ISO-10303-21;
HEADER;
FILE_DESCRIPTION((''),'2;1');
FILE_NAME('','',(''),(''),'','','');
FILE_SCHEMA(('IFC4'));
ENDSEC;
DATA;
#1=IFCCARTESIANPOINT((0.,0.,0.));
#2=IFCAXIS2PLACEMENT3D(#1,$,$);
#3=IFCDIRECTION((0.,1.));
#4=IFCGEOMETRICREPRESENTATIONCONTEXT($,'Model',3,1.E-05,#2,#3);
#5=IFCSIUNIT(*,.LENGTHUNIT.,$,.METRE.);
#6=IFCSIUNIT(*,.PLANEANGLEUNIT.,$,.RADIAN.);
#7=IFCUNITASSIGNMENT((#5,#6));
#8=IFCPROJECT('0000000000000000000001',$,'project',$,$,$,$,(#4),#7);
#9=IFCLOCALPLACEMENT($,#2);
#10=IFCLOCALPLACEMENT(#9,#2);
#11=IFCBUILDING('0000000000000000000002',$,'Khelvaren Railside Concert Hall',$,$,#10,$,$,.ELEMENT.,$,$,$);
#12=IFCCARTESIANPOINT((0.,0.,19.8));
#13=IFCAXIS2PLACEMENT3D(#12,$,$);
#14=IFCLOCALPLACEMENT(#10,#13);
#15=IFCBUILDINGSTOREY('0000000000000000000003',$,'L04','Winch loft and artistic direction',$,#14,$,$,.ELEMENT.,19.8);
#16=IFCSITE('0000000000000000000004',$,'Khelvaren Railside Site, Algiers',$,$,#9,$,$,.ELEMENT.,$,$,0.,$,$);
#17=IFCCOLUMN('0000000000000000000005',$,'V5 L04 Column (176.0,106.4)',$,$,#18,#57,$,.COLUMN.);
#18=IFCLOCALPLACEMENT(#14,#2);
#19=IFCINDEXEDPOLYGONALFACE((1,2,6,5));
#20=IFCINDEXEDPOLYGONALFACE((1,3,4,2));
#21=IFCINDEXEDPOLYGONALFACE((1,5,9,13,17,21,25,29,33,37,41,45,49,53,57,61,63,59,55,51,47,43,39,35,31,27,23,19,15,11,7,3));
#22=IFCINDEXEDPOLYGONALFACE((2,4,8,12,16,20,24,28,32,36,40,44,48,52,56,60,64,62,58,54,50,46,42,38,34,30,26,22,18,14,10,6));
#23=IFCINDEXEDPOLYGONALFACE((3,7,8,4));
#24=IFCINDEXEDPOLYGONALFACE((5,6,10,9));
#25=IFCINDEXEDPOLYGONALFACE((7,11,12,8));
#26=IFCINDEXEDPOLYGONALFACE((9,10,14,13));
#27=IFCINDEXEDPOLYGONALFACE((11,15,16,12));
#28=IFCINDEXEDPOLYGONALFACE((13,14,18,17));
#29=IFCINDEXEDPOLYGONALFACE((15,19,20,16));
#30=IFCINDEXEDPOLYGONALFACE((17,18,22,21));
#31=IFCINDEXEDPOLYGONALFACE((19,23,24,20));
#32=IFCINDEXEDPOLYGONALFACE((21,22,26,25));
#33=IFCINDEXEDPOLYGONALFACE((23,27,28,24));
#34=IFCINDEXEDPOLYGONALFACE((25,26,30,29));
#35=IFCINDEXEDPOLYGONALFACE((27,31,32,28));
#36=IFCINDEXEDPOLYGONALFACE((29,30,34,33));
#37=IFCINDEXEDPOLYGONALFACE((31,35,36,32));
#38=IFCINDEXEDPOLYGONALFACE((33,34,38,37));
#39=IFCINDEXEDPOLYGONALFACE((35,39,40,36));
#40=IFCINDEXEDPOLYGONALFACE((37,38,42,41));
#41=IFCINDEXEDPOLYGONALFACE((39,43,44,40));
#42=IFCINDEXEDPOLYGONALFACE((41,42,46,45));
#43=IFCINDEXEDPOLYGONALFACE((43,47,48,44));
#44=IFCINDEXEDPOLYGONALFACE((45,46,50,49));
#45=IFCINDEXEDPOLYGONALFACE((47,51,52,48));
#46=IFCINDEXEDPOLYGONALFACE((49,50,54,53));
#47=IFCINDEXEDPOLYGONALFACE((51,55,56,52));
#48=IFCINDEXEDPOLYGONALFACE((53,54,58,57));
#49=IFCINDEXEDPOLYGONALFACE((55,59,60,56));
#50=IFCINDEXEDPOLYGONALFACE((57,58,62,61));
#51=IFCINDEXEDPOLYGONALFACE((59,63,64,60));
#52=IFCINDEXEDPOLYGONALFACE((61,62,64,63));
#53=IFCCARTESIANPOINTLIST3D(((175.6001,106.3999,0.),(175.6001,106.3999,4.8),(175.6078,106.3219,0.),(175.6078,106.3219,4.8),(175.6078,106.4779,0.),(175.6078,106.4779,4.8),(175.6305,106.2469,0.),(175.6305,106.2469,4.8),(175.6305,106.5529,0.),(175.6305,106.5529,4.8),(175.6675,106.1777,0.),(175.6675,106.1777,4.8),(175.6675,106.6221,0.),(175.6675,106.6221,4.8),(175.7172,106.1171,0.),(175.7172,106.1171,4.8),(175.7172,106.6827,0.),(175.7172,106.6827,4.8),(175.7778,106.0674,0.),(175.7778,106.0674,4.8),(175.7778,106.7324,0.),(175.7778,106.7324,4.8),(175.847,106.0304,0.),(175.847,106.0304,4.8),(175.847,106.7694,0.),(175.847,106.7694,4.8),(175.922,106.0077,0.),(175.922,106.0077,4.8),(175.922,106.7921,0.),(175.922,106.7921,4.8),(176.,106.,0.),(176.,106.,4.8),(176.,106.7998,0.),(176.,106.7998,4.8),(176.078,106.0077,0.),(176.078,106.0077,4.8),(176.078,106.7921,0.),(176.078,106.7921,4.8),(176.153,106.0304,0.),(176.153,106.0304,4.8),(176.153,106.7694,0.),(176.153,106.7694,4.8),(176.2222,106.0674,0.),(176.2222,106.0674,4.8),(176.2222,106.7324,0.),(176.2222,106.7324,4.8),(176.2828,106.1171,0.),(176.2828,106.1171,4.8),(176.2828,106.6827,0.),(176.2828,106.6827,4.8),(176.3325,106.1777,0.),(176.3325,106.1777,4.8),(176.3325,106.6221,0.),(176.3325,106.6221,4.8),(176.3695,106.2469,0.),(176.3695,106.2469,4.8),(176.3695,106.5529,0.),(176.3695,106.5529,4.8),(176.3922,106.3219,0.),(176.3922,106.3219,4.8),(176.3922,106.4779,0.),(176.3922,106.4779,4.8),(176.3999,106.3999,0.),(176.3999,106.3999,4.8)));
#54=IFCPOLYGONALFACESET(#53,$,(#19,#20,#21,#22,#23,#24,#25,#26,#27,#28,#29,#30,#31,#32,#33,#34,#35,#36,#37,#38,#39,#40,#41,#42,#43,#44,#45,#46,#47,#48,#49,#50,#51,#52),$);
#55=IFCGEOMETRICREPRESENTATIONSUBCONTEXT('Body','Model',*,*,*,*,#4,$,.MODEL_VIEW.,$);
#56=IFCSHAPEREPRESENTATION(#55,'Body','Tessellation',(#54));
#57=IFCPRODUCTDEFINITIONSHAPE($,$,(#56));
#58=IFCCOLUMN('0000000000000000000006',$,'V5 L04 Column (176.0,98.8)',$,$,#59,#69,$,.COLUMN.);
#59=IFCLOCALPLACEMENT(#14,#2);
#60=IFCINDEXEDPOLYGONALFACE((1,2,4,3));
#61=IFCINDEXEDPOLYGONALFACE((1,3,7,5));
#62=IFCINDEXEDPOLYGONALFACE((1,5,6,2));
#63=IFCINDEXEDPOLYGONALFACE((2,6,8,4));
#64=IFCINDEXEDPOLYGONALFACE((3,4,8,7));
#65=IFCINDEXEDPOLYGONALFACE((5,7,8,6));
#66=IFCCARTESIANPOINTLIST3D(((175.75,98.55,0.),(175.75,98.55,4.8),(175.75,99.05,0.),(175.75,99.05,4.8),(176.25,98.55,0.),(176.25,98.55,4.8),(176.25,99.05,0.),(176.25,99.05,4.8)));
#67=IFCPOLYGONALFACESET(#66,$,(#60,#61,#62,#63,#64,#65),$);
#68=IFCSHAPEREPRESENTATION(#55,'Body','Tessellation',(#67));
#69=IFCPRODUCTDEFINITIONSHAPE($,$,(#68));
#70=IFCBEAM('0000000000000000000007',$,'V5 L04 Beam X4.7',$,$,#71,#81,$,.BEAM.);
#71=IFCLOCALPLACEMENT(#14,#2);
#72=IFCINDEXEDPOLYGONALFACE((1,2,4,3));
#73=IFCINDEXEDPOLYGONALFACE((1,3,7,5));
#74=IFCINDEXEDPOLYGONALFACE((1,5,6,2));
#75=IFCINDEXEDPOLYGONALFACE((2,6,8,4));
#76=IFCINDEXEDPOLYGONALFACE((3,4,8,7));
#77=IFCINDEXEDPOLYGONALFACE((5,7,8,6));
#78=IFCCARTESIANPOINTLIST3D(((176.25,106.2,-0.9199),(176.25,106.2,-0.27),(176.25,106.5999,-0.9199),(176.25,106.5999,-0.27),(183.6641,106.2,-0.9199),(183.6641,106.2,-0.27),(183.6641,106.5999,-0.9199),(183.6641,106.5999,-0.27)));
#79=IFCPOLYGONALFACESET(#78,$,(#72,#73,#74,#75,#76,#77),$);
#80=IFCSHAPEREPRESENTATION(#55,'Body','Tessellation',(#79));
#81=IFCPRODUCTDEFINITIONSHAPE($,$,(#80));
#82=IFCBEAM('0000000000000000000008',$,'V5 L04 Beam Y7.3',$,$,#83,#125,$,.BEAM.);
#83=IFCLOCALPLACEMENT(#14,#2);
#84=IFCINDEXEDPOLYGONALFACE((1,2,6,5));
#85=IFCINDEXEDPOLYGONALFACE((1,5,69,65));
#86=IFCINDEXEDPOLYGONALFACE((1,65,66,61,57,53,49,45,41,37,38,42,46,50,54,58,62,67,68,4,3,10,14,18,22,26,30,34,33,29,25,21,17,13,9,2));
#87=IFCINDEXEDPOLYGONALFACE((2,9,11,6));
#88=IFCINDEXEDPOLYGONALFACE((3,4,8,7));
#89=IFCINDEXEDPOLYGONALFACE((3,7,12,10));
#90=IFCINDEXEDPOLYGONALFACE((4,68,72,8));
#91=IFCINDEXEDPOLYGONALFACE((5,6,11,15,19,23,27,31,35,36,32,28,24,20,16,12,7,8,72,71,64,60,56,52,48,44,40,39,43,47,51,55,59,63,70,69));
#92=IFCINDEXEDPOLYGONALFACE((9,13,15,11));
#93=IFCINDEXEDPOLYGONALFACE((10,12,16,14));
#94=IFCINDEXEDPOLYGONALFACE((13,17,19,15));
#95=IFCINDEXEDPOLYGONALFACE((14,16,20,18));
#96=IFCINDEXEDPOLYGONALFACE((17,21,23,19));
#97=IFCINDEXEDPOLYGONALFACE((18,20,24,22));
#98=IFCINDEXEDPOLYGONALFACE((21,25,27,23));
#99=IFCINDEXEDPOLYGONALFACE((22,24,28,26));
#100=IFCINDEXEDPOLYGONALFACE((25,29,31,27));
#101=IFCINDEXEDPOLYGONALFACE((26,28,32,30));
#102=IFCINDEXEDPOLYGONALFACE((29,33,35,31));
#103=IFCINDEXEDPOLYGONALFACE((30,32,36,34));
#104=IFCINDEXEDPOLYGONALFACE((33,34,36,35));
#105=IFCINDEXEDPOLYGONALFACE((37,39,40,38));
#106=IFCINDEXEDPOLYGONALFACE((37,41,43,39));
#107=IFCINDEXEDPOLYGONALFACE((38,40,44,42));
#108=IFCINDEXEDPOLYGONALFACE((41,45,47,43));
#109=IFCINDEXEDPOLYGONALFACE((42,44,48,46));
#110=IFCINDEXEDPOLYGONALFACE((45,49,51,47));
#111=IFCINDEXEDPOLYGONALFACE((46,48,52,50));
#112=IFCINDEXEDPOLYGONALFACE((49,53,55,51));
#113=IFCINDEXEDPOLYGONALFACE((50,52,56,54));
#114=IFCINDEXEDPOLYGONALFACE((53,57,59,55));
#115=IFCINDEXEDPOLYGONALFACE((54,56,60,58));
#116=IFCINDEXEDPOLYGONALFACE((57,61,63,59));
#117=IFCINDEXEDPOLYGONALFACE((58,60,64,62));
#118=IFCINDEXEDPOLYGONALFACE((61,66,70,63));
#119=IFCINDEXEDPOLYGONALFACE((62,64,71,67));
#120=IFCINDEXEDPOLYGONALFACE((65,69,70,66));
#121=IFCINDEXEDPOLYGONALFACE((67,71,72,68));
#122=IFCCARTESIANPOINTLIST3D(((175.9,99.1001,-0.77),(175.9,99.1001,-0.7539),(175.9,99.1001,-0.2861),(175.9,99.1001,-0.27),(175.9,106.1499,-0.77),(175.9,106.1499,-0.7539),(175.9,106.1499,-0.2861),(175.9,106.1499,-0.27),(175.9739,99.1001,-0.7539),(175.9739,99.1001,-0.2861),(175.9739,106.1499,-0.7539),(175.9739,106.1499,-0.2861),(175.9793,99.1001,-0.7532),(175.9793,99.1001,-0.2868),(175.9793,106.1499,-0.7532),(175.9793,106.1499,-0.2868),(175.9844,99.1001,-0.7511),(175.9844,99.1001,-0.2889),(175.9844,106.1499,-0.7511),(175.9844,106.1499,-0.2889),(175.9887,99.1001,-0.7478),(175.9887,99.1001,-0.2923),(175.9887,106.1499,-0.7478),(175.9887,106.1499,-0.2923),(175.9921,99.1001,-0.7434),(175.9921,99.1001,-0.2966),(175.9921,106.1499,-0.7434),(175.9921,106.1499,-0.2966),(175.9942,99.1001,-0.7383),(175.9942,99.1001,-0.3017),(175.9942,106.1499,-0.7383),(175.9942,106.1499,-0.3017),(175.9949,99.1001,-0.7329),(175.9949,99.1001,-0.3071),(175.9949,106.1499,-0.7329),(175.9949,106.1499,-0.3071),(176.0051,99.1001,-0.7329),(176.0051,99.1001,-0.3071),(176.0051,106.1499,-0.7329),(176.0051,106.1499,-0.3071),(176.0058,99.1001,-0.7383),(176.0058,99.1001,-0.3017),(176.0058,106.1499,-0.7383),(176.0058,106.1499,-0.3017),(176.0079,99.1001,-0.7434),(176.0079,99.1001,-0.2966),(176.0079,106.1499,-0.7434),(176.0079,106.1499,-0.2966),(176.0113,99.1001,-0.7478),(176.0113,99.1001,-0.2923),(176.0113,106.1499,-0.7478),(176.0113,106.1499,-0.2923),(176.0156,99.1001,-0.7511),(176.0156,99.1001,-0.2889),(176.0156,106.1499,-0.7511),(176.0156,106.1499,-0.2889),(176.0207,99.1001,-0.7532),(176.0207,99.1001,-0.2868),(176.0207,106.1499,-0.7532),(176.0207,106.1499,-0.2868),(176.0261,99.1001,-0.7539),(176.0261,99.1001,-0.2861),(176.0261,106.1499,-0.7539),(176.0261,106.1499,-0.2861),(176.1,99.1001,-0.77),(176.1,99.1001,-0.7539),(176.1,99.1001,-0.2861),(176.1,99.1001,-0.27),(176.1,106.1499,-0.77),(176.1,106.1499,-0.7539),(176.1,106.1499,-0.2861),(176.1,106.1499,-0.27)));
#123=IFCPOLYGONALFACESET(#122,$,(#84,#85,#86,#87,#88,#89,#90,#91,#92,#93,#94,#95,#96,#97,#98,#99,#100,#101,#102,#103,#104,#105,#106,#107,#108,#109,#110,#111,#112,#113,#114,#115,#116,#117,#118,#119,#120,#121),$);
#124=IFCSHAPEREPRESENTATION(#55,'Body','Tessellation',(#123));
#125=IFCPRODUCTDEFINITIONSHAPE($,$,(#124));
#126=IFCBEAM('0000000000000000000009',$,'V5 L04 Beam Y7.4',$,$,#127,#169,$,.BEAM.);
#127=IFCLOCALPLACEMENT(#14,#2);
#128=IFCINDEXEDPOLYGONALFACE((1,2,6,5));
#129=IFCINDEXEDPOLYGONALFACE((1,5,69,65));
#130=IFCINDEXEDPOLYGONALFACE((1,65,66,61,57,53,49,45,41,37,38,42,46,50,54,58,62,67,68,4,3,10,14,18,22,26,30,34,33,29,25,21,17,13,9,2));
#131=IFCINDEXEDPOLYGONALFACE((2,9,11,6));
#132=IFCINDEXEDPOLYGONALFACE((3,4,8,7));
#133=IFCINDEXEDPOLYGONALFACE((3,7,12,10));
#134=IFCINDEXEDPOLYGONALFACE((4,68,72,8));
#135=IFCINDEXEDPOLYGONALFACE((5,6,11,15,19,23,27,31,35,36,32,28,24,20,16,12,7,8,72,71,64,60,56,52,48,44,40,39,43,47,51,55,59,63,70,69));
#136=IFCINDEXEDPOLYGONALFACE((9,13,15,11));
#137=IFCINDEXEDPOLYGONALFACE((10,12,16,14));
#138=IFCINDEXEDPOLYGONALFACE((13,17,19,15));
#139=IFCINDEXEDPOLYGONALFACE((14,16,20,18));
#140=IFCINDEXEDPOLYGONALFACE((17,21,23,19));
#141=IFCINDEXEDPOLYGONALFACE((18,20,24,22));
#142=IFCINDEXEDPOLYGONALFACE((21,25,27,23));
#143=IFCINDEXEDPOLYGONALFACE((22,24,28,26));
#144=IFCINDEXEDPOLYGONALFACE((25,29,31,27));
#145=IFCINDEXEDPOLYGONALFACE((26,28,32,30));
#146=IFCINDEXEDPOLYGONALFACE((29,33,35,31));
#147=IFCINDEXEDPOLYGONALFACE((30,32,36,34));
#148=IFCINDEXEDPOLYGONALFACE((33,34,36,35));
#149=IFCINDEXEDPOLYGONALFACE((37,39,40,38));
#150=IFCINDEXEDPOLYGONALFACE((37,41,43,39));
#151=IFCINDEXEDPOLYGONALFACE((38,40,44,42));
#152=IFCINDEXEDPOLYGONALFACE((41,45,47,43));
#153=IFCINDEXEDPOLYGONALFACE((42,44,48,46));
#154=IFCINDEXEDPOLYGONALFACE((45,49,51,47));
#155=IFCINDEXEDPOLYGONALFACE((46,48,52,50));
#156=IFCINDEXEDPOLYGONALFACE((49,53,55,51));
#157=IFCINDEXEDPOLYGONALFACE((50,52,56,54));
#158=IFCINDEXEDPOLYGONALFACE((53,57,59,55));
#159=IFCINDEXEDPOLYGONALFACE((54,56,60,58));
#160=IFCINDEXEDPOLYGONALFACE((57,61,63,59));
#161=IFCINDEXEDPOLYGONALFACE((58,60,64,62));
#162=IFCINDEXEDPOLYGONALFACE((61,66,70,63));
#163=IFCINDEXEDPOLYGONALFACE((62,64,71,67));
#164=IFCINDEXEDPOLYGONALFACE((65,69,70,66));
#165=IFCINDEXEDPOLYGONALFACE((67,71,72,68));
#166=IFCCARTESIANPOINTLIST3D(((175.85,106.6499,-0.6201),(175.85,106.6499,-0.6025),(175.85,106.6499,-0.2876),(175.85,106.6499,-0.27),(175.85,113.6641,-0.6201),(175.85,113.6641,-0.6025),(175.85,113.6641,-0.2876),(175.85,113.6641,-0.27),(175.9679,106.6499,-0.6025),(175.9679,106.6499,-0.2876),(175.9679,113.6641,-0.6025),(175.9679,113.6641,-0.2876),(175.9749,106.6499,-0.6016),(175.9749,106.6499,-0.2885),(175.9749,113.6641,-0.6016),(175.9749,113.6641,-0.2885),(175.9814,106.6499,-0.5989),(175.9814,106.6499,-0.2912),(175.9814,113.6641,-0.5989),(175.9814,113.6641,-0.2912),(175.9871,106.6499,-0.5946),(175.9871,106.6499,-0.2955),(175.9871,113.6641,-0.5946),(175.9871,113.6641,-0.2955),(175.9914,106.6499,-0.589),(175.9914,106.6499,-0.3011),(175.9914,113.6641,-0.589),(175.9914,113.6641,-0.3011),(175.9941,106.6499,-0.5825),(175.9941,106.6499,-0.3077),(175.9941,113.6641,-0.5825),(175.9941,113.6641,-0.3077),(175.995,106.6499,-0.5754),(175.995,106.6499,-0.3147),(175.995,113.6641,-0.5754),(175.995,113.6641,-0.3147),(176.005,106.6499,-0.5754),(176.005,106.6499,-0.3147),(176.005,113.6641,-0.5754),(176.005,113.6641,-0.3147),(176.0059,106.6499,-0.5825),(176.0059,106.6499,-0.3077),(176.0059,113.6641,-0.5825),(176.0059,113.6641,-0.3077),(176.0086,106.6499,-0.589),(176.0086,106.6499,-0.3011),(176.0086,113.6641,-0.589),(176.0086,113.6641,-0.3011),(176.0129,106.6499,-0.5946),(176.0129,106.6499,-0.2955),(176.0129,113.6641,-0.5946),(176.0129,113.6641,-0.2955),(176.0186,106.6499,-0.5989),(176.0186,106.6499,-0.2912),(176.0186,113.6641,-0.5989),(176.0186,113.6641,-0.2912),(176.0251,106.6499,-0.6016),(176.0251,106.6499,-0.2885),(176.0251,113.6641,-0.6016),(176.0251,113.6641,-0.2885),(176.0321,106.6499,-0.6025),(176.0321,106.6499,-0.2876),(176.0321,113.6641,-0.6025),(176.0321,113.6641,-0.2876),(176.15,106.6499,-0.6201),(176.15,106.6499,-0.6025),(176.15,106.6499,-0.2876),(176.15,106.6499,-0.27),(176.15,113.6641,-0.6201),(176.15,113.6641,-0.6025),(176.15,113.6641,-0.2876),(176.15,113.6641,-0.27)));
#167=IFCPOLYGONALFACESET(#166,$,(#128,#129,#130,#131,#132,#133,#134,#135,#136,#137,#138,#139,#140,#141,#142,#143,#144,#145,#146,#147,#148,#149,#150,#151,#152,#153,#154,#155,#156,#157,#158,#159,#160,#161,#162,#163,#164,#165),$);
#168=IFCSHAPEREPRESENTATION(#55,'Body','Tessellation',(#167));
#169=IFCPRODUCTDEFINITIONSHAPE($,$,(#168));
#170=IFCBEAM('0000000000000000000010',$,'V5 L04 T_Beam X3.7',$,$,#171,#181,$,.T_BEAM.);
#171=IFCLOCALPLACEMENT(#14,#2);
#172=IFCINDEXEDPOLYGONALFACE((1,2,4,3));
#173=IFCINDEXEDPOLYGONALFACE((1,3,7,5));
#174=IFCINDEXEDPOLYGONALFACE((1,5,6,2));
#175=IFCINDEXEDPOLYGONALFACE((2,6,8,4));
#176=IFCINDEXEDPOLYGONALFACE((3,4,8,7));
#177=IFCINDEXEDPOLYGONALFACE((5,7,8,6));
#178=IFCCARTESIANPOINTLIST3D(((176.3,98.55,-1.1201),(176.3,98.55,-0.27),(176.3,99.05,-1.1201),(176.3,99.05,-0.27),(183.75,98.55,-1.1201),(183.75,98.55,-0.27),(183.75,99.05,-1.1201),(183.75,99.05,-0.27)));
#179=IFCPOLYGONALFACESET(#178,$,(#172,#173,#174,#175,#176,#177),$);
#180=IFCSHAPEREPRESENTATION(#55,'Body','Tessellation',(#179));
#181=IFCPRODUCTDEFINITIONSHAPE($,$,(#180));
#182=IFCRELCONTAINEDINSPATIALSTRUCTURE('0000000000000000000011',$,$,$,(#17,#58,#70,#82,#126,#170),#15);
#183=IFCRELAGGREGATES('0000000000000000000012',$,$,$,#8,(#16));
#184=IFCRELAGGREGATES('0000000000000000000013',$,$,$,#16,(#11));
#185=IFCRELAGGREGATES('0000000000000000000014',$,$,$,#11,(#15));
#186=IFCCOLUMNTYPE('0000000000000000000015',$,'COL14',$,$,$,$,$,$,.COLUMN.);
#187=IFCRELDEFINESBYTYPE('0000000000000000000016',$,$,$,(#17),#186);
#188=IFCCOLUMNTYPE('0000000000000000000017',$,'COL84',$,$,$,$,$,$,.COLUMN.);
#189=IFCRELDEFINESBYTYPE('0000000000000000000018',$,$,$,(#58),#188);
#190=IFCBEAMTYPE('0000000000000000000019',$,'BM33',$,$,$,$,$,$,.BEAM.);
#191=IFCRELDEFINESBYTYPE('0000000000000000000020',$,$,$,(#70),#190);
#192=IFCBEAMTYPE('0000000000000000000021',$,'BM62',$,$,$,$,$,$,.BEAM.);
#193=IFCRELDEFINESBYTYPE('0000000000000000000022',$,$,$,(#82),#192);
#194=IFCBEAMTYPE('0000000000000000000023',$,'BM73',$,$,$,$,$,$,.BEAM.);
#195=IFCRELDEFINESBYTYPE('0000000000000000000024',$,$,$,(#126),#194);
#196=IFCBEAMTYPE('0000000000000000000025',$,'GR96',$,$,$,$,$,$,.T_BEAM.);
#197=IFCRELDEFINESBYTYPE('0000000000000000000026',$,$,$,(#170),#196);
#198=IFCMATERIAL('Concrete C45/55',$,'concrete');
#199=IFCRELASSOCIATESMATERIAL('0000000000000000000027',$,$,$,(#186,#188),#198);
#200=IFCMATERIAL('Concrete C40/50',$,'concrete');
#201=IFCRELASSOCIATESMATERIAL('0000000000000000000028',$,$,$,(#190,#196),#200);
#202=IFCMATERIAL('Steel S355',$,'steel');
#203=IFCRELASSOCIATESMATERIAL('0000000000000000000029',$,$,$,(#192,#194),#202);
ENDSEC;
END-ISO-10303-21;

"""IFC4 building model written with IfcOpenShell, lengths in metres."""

from ifc_helpers import new_model, si_unit, direction, frame, origin, origin_2d, place, context, subcontext, project, spatial, rectangle, circle, i_section, extrude, material, material_profile, profile_set, type_object, element, save


model = new_model("IFC4")

# Units and contexts
model_context = context("Model", 3, precision=1e-05, world=origin(), true_north=direction((0.0, 1.0)))
body_context = subcontext(model_context, "Body", "Model", "MODEL_VIEW")
ifc_project = project(units=[si_unit("LENGTHUNIT", "METRE"), si_unit("PLANEANGLEUNIT", "RADIAN")], contexts=[model_context])

# Site, building, storey
site_placement = place(None, origin())
site = spatial("IfcSite", under=ifc_project, at=site_placement, Name="Khelvaren Railside Site, Algiers", CompositionType="ELEMENT", RefElevation=0.0)
building_placement = place(site_placement, origin())
building = spatial("IfcBuilding", under=site, at=building_placement, Name="Khelvaren Railside Concert Hall", CompositionType="ELEMENT")
storey_placement = place(building_placement, frame((0.0, 0.0, 19.8)))
storey = spatial("IfcBuildingStorey", under=building, at=storey_placement, Name="L04", Description="Winch loft and artistic direction", CompositionType="ELEMENT", Elevation=19.8)

# Columns
ifc_material_1 = material(Name="Concrete C45/55", Category="concrete")
ifc_material_profile_1 = material_profile(ifc_material_1, circle(Radius=0.3999, at=origin_2d()), Name="RC D800")
ifc_profile_set_1 = profile_set([ifc_material_profile_1], Name="Concrete C45/55")
column_type_1 = type_object("IfcColumnType", Name="COL14", PredefinedType="COLUMN", material=ifc_profile_set_1)
column_1_placement = place(storey_placement, frame((176.0, 106.3999, 0.0), z_axis=(0.0, 0.0, 1.0), x_axis=(1.0, 0.0, 0.0)))
element("IfcColumn", 1, at=column_1_placement, inside=storey, type_object=column_type_1, Name="V5 L04 Column (176.0,106.4)", PredefinedType="COLUMN", context=body_context, shape_type="SweptSolid", body=[
    extrude(circle(Radius=0.3999, at=origin_2d()), origin(), (0.0, 0.0, 1.0), 4.8),
])
ifc_material_profile_2 = material_profile(ifc_material_1, rectangle(XDim=0.5, YDim=0.5, at=origin_2d()), Name="RC 500x500")
ifc_profile_set_2 = profile_set([ifc_material_profile_2], Name="Concrete C45/55")
column_type_2 = type_object("IfcColumnType", Name="COL84", PredefinedType="COLUMN", material=ifc_profile_set_2)
column_2_placement = place(storey_placement, frame((176.0, 98.8, 0.0), z_axis=(0.0, 0.0, 1.0), x_axis=(1.0, 0.0, 0.0)))
element("IfcColumn", 2, at=column_2_placement, inside=storey, type_object=column_type_2, Name="V5 L04 Column (176.0,98.8)", PredefinedType="COLUMN", context=body_context, shape_type="SweptSolid", body=[
    extrude(rectangle(XDim=0.5, YDim=0.5, at=origin_2d()), origin(), (0.0, 0.0, 1.0), 4.8),
])

# Beams
ifc_material_2 = material(Name="Concrete C40/50", Category="concrete")
ifc_material_profile_3 = material_profile(ifc_material_2, rectangle(XDim=0.3999, YDim=0.6499, at=origin_2d()), Name="RCB 400x650")
ifc_profile_set_3 = profile_set([ifc_material_profile_3], Name="Concrete C40/50")
beam_type_1 = type_object("IfcBeamType", Name="BM33", PredefinedType="BEAM", material=ifc_profile_set_3)
beam_1_placement = place(storey_placement, frame((176.25, 106.3999, -0.595), z_axis=(1.0, 0.0, 0.0), x_axis=(0.0, 1.0, 0.0)))
element("IfcBeam", 3, at=beam_1_placement, inside=storey, type_object=beam_type_1, Name="V5 L04 Beam X4.7", PredefinedType="BEAM", context=body_context, shape_type="SweptSolid", body=[
    extrude(rectangle(XDim=0.3999, YDim=0.6499, at=origin_2d()), origin(), (0.0, 0.0, 1.0), 7.4141),
])
ifc_material_3 = material(Name="Steel S355", Category="steel")
ifc_material_profile_4 = material_profile(ifc_material_3, i_section(OverallWidth=0.2, OverallDepth=0.5, WebThickness=0.0103, FlangeThickness=0.0161, FilletRadius=0.021, at=origin_2d()), Name="IPE 500")
ifc_profile_set_4 = profile_set([ifc_material_profile_4], Name="Steel S355")
beam_type_2 = type_object("IfcBeamType", Name="BM62", PredefinedType="BEAM", material=ifc_profile_set_4)
beam_2_placement = place(storey_placement, frame((176.0, 99.1001, -0.52), z_axis=(0.0, 1.0, 0.0), x_axis=(-1.0, 0.0, 0.0)))
element("IfcBeam", 4, at=beam_2_placement, inside=storey, type_object=beam_type_2, Name="V5 L04 Beam Y7.3", PredefinedType="BEAM", context=body_context, shape_type="SweptSolid", body=[
    extrude(i_section(OverallWidth=0.2, OverallDepth=0.5, WebThickness=0.0103, FlangeThickness=0.0161, FilletRadius=0.021, at=origin_2d()), origin(), (0.0, 0.0, 1.0), 7.0498),
])
ifc_material_profile_5 = material_profile(ifc_material_3, i_section(OverallWidth=0.3, OverallDepth=0.3501, WebThickness=0.01, FlangeThickness=0.0176, FilletRadius=0.0271, at=origin_2d()), Name="HEA 360")
ifc_profile_set_5 = profile_set([ifc_material_profile_5], Name="Steel S355")
beam_type_3 = type_object("IfcBeamType", Name="BM73", PredefinedType="BEAM", material=ifc_profile_set_5)
beam_3_placement = place(storey_placement, frame((176.0, 106.6499, -0.4451), z_axis=(0.0, 1.0, 0.0), x_axis=(-1.0, 0.0, 0.0)))
element("IfcBeam", 5, at=beam_3_placement, inside=storey, type_object=beam_type_3, Name="V5 L04 Beam Y7.4", PredefinedType="BEAM", context=body_context, shape_type="SweptSolid", body=[
    extrude(i_section(OverallWidth=0.3, OverallDepth=0.3501, WebThickness=0.01, FlangeThickness=0.0176, FilletRadius=0.0271, at=origin_2d()), origin(), (0.0, 0.0, 1.0), 7.0142),
])
ifc_material_profile_6 = material_profile(ifc_material_2, rectangle(XDim=0.5, YDim=0.8501, at=origin_2d()), Name="RCB 500x850")
ifc_profile_set_6 = profile_set([ifc_material_profile_6], Name="Concrete C40/50")
beam_type_4 = type_object("IfcBeamType", Name="GR96", PredefinedType="T_BEAM", material=ifc_profile_set_6)
beam_4_placement = place(storey_placement, frame((176.3, 98.8, -0.6951), z_axis=(1.0, 0.0, 0.0), x_axis=(0.0, 1.0, 0.0)))
element("IfcBeam", 6, at=beam_4_placement, inside=storey, type_object=beam_type_4, Name="V5 L04 T_Beam X3.7", PredefinedType="T_BEAM", context=body_context, shape_type="SweptSolid", body=[
    extrude(rectangle(XDim=0.5, YDim=0.8501, at=origin_2d()), origin(), (0.0, 0.0, 1.0), 7.45),
])

save(model, "model.ifc")
